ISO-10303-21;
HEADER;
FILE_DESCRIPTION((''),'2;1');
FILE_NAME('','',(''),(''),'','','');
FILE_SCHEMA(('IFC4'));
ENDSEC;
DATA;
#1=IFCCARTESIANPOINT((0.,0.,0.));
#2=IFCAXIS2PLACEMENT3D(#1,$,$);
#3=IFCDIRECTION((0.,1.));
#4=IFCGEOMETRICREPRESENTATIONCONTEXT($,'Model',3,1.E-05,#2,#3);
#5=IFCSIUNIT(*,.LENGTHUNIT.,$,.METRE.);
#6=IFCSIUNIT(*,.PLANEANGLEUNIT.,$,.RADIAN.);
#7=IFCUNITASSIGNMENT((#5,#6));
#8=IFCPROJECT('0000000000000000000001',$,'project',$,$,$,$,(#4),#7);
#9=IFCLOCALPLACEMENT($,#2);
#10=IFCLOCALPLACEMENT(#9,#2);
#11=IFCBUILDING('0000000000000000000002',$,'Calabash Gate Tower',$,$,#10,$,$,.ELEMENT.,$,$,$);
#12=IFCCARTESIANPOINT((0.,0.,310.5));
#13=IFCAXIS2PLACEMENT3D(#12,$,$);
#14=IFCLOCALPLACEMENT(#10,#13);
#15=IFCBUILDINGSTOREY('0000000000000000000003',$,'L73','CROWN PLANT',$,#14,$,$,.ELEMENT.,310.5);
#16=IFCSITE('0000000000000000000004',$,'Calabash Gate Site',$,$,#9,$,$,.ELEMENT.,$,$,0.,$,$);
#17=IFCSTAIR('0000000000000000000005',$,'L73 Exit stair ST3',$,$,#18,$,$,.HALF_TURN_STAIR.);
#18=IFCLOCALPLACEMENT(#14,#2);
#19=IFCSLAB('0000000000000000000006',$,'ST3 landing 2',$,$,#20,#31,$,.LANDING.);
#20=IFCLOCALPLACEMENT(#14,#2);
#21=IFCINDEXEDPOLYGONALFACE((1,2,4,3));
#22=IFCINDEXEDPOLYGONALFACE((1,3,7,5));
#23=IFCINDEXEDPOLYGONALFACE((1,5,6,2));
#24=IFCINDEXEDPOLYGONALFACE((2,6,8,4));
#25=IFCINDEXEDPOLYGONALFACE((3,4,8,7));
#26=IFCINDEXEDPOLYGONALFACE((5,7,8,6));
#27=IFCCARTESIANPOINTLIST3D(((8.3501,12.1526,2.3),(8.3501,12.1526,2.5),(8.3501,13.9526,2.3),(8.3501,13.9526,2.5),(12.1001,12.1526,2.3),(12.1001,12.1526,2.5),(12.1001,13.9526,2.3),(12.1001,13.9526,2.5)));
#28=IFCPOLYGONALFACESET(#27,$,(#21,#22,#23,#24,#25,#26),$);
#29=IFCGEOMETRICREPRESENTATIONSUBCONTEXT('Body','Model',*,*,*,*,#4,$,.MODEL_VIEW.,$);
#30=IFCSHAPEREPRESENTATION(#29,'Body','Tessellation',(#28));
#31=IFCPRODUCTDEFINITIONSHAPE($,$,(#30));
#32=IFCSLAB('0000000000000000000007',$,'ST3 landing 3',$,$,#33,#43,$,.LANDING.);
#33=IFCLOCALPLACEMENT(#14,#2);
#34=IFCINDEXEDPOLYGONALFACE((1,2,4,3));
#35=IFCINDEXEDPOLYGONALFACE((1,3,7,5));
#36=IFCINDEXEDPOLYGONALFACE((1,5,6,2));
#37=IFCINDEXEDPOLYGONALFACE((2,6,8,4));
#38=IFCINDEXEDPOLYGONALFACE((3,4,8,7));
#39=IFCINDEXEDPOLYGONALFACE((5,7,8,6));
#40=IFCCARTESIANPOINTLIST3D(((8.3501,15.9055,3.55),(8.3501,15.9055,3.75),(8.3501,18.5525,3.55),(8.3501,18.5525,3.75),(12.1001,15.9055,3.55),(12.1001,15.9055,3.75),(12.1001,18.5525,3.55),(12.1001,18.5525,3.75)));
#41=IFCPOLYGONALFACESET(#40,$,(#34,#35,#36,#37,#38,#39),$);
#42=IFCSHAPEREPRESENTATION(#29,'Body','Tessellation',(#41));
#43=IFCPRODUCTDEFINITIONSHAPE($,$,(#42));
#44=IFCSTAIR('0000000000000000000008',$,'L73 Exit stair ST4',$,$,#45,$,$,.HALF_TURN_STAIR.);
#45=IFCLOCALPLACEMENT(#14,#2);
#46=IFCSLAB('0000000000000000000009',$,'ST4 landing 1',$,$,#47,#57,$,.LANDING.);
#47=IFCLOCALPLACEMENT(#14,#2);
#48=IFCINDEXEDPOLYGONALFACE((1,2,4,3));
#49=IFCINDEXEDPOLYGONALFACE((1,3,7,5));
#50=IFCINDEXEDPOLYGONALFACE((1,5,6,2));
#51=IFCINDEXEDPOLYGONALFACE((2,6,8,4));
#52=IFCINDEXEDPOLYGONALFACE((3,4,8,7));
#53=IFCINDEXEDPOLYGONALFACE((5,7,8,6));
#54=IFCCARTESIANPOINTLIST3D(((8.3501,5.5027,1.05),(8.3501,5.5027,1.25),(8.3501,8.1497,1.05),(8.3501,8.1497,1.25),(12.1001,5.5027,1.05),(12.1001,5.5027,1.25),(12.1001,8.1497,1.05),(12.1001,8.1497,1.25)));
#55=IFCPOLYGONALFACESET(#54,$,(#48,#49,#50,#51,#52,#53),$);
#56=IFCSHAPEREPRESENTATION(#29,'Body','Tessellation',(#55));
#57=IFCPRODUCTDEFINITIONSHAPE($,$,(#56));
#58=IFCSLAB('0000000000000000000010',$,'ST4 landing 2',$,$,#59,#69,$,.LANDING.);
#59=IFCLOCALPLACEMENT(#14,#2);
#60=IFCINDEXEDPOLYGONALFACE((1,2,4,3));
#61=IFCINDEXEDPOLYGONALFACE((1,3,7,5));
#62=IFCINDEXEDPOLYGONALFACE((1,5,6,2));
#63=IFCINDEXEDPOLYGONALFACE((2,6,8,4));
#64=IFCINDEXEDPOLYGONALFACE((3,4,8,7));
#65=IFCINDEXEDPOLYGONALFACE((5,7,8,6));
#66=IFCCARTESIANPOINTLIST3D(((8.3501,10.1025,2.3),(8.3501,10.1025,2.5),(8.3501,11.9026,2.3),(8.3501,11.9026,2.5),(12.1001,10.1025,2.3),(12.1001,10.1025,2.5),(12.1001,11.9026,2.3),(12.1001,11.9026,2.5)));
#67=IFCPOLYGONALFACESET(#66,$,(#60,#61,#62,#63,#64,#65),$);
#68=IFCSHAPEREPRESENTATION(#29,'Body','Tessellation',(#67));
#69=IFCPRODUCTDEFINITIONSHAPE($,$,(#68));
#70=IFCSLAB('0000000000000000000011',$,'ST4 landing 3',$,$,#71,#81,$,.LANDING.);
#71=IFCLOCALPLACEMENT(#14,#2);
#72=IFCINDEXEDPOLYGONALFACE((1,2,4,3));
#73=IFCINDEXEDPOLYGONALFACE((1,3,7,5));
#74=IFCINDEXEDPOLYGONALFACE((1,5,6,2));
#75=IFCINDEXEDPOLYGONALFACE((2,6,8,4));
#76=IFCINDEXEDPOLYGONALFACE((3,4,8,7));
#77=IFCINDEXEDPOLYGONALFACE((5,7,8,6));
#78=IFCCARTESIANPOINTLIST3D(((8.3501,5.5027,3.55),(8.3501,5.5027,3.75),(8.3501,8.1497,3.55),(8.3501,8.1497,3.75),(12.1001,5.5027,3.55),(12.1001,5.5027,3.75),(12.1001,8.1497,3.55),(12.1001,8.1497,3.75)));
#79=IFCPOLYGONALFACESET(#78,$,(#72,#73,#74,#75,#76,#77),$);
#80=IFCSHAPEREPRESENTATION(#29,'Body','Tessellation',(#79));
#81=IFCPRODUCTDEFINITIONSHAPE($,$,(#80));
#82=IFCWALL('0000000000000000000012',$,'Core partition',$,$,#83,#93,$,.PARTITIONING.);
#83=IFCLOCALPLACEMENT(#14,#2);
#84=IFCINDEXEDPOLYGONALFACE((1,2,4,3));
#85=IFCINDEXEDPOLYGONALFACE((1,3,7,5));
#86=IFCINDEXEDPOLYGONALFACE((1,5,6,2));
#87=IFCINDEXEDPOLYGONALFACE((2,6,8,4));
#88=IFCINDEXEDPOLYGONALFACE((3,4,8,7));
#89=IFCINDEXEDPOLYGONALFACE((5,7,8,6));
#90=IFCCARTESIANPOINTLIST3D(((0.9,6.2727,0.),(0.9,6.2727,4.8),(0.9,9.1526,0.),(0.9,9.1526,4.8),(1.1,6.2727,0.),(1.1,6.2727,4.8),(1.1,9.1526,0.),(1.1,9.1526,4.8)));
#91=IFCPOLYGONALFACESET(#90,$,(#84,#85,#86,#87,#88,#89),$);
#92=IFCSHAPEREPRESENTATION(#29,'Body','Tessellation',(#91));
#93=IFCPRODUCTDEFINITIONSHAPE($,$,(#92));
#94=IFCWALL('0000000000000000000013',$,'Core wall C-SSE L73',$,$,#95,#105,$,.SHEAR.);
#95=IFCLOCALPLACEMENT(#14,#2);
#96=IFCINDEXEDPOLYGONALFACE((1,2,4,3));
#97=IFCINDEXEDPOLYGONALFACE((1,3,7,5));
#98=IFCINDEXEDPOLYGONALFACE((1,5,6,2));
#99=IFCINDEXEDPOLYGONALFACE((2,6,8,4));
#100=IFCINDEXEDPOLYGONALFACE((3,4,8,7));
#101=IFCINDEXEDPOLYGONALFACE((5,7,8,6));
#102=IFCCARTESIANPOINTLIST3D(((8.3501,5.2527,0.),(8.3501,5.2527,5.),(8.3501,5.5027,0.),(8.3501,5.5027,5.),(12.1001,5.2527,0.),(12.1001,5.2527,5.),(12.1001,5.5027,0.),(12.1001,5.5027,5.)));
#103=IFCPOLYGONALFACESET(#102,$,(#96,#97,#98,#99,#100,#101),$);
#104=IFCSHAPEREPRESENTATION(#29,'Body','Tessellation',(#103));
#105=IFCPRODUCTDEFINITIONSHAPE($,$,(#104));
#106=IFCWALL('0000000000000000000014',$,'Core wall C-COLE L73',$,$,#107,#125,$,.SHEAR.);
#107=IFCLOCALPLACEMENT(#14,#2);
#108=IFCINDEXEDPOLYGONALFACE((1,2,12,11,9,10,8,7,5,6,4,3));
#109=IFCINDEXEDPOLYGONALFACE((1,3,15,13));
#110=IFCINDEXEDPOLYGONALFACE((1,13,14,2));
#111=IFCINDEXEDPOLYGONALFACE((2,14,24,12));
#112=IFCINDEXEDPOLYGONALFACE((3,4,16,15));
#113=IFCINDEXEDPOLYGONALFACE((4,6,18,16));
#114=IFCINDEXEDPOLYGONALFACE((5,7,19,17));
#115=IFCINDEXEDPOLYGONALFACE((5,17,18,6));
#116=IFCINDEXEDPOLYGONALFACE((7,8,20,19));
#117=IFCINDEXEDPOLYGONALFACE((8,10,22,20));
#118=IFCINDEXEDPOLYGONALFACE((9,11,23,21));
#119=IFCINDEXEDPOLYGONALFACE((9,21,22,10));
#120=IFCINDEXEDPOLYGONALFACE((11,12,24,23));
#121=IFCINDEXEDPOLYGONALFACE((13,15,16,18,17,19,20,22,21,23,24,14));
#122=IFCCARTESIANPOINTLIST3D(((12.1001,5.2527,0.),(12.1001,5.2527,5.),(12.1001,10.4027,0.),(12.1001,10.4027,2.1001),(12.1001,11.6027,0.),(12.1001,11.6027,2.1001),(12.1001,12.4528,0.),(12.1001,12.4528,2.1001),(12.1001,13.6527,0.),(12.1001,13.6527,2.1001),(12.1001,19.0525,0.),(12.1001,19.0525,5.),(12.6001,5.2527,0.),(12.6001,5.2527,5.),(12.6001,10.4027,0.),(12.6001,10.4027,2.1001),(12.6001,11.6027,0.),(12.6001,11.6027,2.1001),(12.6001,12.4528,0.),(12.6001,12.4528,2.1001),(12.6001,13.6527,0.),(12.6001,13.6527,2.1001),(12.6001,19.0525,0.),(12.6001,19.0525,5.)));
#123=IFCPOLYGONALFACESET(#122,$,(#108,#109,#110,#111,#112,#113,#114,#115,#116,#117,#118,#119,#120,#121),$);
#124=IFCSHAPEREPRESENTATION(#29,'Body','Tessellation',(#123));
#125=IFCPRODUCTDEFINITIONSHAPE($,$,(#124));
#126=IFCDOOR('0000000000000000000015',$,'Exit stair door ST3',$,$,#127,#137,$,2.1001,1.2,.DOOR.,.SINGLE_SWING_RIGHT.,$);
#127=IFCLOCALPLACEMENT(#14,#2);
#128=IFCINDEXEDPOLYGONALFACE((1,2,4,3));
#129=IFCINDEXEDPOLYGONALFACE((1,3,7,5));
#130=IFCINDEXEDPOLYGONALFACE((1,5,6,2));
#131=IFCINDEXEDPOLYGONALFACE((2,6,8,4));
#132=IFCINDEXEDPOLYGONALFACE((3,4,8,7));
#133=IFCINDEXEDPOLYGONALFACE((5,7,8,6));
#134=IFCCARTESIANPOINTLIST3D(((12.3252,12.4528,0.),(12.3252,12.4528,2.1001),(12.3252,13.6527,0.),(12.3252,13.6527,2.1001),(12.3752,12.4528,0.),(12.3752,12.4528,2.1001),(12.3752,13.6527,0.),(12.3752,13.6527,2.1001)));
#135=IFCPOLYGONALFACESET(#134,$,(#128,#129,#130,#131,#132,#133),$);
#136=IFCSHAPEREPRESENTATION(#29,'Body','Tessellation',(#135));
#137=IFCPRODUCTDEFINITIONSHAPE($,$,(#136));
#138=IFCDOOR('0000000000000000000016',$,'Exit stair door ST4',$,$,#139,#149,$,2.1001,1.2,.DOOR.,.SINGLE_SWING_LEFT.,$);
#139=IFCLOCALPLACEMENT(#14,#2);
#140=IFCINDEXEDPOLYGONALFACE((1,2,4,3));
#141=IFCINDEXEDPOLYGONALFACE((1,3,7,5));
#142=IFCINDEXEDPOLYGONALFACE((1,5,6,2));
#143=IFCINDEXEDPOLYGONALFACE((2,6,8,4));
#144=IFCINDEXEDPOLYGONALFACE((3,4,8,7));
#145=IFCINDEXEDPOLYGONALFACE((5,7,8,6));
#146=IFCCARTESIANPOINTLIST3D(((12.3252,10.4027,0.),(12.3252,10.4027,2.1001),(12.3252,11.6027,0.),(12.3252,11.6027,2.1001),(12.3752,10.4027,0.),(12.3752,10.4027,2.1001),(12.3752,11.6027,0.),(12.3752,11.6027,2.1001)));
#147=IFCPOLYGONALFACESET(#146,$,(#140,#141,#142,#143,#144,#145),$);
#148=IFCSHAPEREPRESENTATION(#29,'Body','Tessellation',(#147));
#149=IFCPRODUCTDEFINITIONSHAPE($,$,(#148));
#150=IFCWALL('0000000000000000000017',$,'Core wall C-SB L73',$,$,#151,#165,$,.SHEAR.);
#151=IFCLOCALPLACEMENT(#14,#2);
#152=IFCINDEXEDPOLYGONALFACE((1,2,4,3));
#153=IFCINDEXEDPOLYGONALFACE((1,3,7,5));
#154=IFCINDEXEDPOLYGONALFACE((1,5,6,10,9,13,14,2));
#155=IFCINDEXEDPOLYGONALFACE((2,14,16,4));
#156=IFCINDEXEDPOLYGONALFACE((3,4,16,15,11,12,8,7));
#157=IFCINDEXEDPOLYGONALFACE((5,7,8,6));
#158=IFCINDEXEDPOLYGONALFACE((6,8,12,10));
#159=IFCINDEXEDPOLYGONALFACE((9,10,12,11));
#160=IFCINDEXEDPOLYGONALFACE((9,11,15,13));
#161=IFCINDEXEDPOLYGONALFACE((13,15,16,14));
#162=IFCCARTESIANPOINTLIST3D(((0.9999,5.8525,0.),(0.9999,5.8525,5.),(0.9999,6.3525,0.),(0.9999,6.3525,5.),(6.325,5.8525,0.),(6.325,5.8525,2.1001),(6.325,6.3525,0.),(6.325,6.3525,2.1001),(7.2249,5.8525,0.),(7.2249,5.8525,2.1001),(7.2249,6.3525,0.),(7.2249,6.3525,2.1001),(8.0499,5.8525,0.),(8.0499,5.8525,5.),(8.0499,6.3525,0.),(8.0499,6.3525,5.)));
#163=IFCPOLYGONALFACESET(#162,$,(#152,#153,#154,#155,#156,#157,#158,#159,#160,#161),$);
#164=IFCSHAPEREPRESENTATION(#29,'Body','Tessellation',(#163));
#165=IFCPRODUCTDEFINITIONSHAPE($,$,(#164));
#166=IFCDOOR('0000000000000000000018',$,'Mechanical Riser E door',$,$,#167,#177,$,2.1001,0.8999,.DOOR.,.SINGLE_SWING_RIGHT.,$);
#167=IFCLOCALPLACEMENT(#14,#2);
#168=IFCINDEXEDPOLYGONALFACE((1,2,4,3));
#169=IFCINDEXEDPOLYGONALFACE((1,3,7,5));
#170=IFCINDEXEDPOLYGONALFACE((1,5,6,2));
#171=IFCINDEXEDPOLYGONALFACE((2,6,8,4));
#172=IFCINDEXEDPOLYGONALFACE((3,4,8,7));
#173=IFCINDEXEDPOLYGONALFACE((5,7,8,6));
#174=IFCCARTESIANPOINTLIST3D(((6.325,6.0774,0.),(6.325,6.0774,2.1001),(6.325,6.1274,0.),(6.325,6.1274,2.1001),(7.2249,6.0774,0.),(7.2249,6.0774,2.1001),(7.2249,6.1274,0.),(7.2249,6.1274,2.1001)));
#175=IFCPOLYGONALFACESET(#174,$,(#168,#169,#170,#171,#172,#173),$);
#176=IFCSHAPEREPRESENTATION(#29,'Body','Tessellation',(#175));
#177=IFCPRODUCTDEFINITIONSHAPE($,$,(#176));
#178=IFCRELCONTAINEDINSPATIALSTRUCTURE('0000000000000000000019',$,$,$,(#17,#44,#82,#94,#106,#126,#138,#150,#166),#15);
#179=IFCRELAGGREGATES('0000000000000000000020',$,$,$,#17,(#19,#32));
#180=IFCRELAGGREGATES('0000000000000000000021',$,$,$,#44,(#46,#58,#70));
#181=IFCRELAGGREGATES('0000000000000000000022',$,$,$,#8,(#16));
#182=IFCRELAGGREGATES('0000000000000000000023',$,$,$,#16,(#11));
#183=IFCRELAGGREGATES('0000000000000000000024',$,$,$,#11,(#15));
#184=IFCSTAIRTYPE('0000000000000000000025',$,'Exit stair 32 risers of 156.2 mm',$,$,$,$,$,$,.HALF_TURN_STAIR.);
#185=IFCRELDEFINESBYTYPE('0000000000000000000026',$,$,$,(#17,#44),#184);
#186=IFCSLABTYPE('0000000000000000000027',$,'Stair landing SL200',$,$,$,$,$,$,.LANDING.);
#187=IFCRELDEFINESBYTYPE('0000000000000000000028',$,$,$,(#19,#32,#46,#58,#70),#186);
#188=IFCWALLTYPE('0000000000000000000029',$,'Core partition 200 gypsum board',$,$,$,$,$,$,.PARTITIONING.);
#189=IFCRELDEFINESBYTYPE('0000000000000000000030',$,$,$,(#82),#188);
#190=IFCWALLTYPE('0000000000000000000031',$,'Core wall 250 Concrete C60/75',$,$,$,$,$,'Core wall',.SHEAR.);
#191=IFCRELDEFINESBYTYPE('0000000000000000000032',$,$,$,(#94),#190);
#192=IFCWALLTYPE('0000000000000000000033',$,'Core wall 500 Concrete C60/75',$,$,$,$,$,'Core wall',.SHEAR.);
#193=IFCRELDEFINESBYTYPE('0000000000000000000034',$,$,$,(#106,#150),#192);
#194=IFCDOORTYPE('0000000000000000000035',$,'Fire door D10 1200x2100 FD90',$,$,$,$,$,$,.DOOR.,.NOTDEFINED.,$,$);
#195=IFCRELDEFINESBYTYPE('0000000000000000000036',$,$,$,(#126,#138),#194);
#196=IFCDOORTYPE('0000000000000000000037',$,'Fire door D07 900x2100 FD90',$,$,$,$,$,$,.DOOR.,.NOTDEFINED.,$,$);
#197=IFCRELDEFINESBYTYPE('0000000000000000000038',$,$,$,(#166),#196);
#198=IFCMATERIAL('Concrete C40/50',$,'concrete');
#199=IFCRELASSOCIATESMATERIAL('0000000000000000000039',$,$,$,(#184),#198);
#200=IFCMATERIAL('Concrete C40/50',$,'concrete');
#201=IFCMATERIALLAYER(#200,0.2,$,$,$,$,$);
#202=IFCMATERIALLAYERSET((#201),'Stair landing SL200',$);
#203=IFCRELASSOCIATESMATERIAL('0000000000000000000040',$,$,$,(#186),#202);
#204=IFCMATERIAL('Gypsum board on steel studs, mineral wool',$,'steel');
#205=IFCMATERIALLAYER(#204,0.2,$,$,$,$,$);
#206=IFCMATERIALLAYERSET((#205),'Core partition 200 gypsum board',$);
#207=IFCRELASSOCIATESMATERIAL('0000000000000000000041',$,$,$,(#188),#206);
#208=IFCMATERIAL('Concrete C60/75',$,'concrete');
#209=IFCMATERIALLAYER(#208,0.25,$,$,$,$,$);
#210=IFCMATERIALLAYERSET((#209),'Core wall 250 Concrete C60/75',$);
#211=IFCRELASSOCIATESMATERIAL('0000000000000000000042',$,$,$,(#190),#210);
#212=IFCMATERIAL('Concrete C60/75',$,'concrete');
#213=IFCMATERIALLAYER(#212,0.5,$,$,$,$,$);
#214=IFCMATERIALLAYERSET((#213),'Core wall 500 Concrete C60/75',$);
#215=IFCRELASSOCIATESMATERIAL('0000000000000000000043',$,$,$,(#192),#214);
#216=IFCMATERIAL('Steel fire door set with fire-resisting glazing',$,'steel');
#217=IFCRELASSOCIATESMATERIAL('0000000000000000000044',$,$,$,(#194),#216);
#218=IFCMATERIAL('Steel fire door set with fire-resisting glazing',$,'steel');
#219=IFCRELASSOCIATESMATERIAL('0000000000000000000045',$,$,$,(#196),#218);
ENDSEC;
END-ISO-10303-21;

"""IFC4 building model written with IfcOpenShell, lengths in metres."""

from ifc_helpers import new_model, si_unit, direction, frame, frame_2d, origin, place, context, subcontext, project, spatial, polyline, rectangle, outline, extrude, material, layer, layer_set, type_object, element, fill, aggregate, save


model = new_model("IFC4")

# Units and contexts
model_context = context("Model", 3, precision=1e-05, world=origin(), true_north=direction((0.0, 1.0)))
body_context = subcontext(model_context, "Body", "Model", "MODEL_VIEW")
ifc_project = project(units=[si_unit("LENGTHUNIT", "METRE"), si_unit("PLANEANGLEUNIT", "RADIAN")], contexts=[model_context])

# Site, building, storey
site_placement = place(None, origin())
site = spatial("IfcSite", under=ifc_project, at=site_placement, Name="Calabash Gate Site", CompositionType="ELEMENT", RefElevation=0.0)
building_placement = place(site_placement, origin())
building = spatial("IfcBuilding", under=site, at=building_placement, Name="Calabash Gate Tower", CompositionType="ELEMENT")
storey_placement = place(building_placement, frame((0.0, 0.0, 310.5)))
storey = spatial("IfcBuildingStorey", under=building, at=storey_placement, Name="L73", Description="CROWN PLANT", CompositionType="ELEMENT", Elevation=310.5)

# Stairs, slabs
ifc_material_1 = material(Name="Concrete C40/50", Category="concrete")
stair_type = type_object("IfcStairType", Name="Exit stair 32 risers of 156.2 mm", PredefinedType="HALF_TURN_STAIR", material=ifc_material_1)
stair_1_placement = place(storey_placement, origin())
stair_1 = element("IfcStair", 1, at=stair_1_placement, inside=storey, type_object=stair_type, Name="L73 Exit stair ST3", PredefinedType="HALF_TURN_STAIR")
ifc_material_2 = material(Name="Concrete C40/50", Category="concrete")
ifc_layer_1 = layer(ifc_material_2, 0.2)
ifc_layer_set_1 = layer_set([ifc_layer_1], Name="Stair landing SL200")
slab_type = type_object("IfcSlabType", Name="Stair landing SL200", PredefinedType="LANDING", material=ifc_layer_set_1)
slab_1_placement = place(storey_placement, frame((0.0, 0.0, 2.3)))
slab_1 = element("IfcSlab", 2, at=slab_1_placement, type_object=slab_type, Name="ST3 landing 2", PredefinedType="LANDING", context=body_context, shape_type="SweptSolid", body=[
    extrude(outline(polyline([(12.1001, 12.1526), (12.1001, 13.9526), (8.3501, 13.9526), (8.3501, 12.1526), (12.1001, 12.1526)])), origin(), (0.0, 0.0, 1.0), 0.2),
])
slab_2_placement = place(storey_placement, frame((0.0, 0.0, 3.55)))
slab_2 = element("IfcSlab", 3, at=slab_2_placement, type_object=slab_type, Name="ST3 landing 3", PredefinedType="LANDING", context=body_context, shape_type="SweptSolid", body=[
    extrude(outline(polyline([(12.1001, 15.9055), (12.1001, 18.5525), (8.3501, 18.5525), (8.3501, 15.9055), (12.1001, 15.9055)])), origin(), (0.0, 0.0, 1.0), 0.2),
])
aggregate(stair_1, [slab_1, slab_2])
stair_2_placement = place(storey_placement, origin())
stair_2 = element("IfcStair", 4, at=stair_2_placement, inside=storey, type_object=stair_type, Name="L73 Exit stair ST4", PredefinedType="HALF_TURN_STAIR")
slab_3_placement = place(storey_placement, frame((0.0, 0.0, 1.05)))
slab_3 = element("IfcSlab", 5, at=slab_3_placement, type_object=slab_type, Name="ST4 landing 1", PredefinedType="LANDING", context=body_context, shape_type="SweptSolid", body=[
    extrude(outline(polyline([(8.3501, 8.1497), (8.3501, 5.5027), (12.1001, 5.5027), (12.1001, 8.1497), (8.3501, 8.1497)])), origin(), (0.0, 0.0, 1.0), 0.2),
])
slab_4_placement = place(storey_placement, frame((0.0, 0.0, 2.3)))
slab_4 = element("IfcSlab", 6, at=slab_4_placement, type_object=slab_type, Name="ST4 landing 2", PredefinedType="LANDING", context=body_context, shape_type="SweptSolid", body=[
    extrude(outline(polyline([(8.3501, 11.9026), (8.3501, 10.1025), (12.1001, 10.1025), (12.1001, 11.9026), (8.3501, 11.9026)])), origin(), (0.0, 0.0, 1.0), 0.2),
])
slab_5_placement = place(storey_placement, frame((0.0, 0.0, 3.55)))
slab_5 = element("IfcSlab", 7, at=slab_5_placement, type_object=slab_type, Name="ST4 landing 3", PredefinedType="LANDING", context=body_context, shape_type="SweptSolid", body=[
    extrude(outline(polyline([(8.3501, 8.1497), (8.3501, 5.5027), (12.1001, 5.5027), (12.1001, 8.1497), (8.3501, 8.1497)])), origin(), (0.0, 0.0, 1.0), 0.2),
])
aggregate(stair_2, [slab_3, slab_4, slab_5])

# Walls
ifc_material_3 = material(Name="Gypsum board on steel studs, mineral wool", Category="steel")
ifc_layer_2 = layer(ifc_material_3, 0.2)
ifc_layer_set_2 = layer_set([ifc_layer_2], Name="Core partition 200 gypsum board")
wall_type_1 = type_object("IfcWallType", Name="Core partition 200 gypsum board", PredefinedType="PARTITIONING", material=ifc_layer_set_2)
wall_1_placement = place(storey_placement, frame((1.0, 6.2727, 0.0), z_axis=(0.0, 0.0, 1.0), x_axis=(0.0, 1.0, 0.0)))
element("IfcWall", 8, at=wall_1_placement, inside=storey, type_object=wall_type_1, Name="Core partition", PredefinedType="PARTITIONING", context=body_context, shape_type="SweptSolid", body=[
    extrude(rectangle(XDim=2.8799, YDim=0.2, at=frame_2d((1.4399, 0.0))), origin(), (0.0, 0.0, 1.0), 4.8),
])
ifc_material_4 = material(Name="Concrete C60/75", Category="concrete")
ifc_layer_3 = layer(ifc_material_4, 0.25)
ifc_layer_set_3 = layer_set([ifc_layer_3], Name="Core wall 250 Concrete C60/75")
wall_type_2 = type_object("IfcWallType", Name="Core wall 250 Concrete C60/75", ElementType="Core wall", PredefinedType="SHEAR", material=ifc_layer_set_3)
wall_2_placement = place(storey_placement, frame((8.3501, 5.3777, 0.0), z_axis=(0.0, 0.0, 1.0), x_axis=(1.0, 0.0, 0.0)))
element("IfcWall", 9, at=wall_2_placement, inside=storey, type_object=wall_type_2, Name="Core wall C-SSE L73", PredefinedType="SHEAR", context=body_context, shape_type="SweptSolid", body=[
    extrude(rectangle(XDim=3.75, YDim=0.25, at=frame_2d((1.875, 0.0))), origin(), (0.0, 0.0, 1.0), 5.0),
])

# Wall, openings, doors
ifc_material_5 = material(Name="Concrete C60/75", Category="concrete")
ifc_layer_4 = layer(ifc_material_5, 0.5)
ifc_layer_set_4 = layer_set([ifc_layer_4], Name="Core wall 500 Concrete C60/75")
wall_type_3 = type_object("IfcWallType", Name="Core wall 500 Concrete C60/75", ElementType="Core wall", PredefinedType="SHEAR", material=ifc_layer_set_4)
wall_3_placement = place(storey_placement, frame((12.3501, 5.2527, 0.0), z_axis=(0.0, 0.0, 1.0), x_axis=(0.0, 1.0, 0.0)))
wall_3 = element("IfcWall", 10, at=wall_3_placement, inside=storey, type_object=wall_type_3, Name="Core wall C-COLE L73", PredefinedType="SHEAR", context=body_context, shape_type="SweptSolid", body=[
    extrude(rectangle(XDim=13.7998, YDim=0.5, at=frame_2d((6.8999, 0.0))), origin(), (0.0, 0.0, 1.0), 5.0),
])
opening_1_placement = place(wall_3_placement, frame((7.2, 0.0, 0.0)))
opening_1 = element("IfcOpeningElement", 11, at=opening_1_placement, cuts=wall_3, PredefinedType="OPENING", context=body_context, shape_type="SweptSolid", body=[
    extrude(rectangle(XDim=1.2, YDim=2.1001, at=frame_2d((0.6001, 1.05))), frame((0.0, 0.26, 0.0), z_axis=(0.0, -1.0, 0.0), x_axis=(1.0, 0.0, 0.0)), (0.0, 0.0, 1.0), 0.52),
])
opening_2_placement = place(wall_3_placement, frame((5.1499, 0.0, 0.0)))
opening_2 = element("IfcOpeningElement", 12, at=opening_2_placement, cuts=wall_3, PredefinedType="OPENING", context=body_context, shape_type="SweptSolid", body=[
    extrude(rectangle(XDim=1.2, YDim=2.1001, at=frame_2d((0.6001, 1.05))), frame((0.0, 0.26, 0.0), z_axis=(0.0, -1.0, 0.0), x_axis=(1.0, 0.0, 0.0)), (0.0, 0.0, 1.0), 0.52),
])
ifc_material_6 = material(Name="Steel fire door set with fire-resisting glazing", Category="steel")
door_type_1 = type_object("IfcDoorType", Name="Fire door D10 1200x2100 FD90", OperationType="NOTDEFINED", PredefinedType="DOOR", material=ifc_material_6)
door_1_placement = place(opening_1_placement, origin())
door_1 = element("IfcDoor", 13, at=door_1_placement, inside=storey, type_object=door_type_1, Name="Exit stair door ST3", OperationType="SINGLE_SWING_RIGHT", OverallHeight=2.1001, OverallWidth=1.2, PredefinedType="DOOR", context=body_context, shape_type="SweptSolid", body=[
    extrude(rectangle(XDim=1.2, YDim=2.1001, at=frame_2d((0.6001, 1.05))), frame((0.0, 0.0249, 0.0), z_axis=(0.0, -1.0, 0.0), x_axis=(1.0, 0.0, 0.0)), (0.0, 0.0, 1.0), 0.05),
])
fill(opening_1, door_1)
door_2_placement = place(opening_2_placement, origin())
door_2 = element("IfcDoor", 14, at=door_2_placement, inside=storey, type_object=door_type_1, Name="Exit stair door ST4", OperationType="SINGLE_SWING_LEFT", OverallHeight=2.1001, OverallWidth=1.2, PredefinedType="DOOR", context=body_context, shape_type="SweptSolid", body=[
    extrude(rectangle(XDim=1.2, YDim=2.1001, at=frame_2d((0.6001, 1.05))), frame((0.0, 0.0249, 0.0), z_axis=(0.0, -1.0, 0.0), x_axis=(1.0, 0.0, 0.0)), (0.0, 0.0, 1.0), 0.05),
])
fill(opening_2, door_2)

# Wall, opening, door
wall_4_placement = place(storey_placement, frame((1.0, 6.1025, 0.0), z_axis=(0.0, 0.0, 1.0), x_axis=(1.0, 0.0, 0.0)))
wall_4 = element("IfcWall", 15, at=wall_4_placement, inside=storey, type_object=wall_type_3, Name="Core wall C-SB L73", PredefinedType="SHEAR", context=body_context, shape_type="SweptSolid", body=[
    extrude(rectangle(XDim=7.05, YDim=0.5, at=frame_2d((3.5249, 0.0))), origin(), (0.0, 0.0, 1.0), 5.0),
])
opening_3_placement = place(wall_4_placement, frame((5.325, 0.0, 0.0)))
opening_3 = element("IfcOpeningElement", 16, at=opening_3_placement, cuts=wall_4, PredefinedType="OPENING", context=body_context, shape_type="SweptSolid", body=[
    extrude(rectangle(XDim=0.8999, YDim=2.1001, at=frame_2d((0.45, 1.05))), frame((0.0, 0.26, 0.0), z_axis=(0.0, -1.0, 0.0), x_axis=(1.0, 0.0, 0.0)), (0.0, 0.0, 1.0), 0.52),
])
ifc_material_7 = material(Name="Steel fire door set with fire-resisting glazing", Category="steel")
door_type_2 = type_object("IfcDoorType", Name="Fire door D07 900x2100 FD90", OperationType="NOTDEFINED", PredefinedType="DOOR", material=ifc_material_7)
door_3_placement = place(opening_3_placement, origin())
door_3 = element("IfcDoor", 17, at=door_3_placement, inside=storey, type_object=door_type_2, Name="Mechanical Riser E door", OperationType="SINGLE_SWING_RIGHT", OverallHeight=2.1001, OverallWidth=0.8999, PredefinedType="DOOR", context=body_context, shape_type="SweptSolid", body=[
    extrude(rectangle(XDim=0.8999, YDim=2.1001, at=frame_2d((0.45, 1.05))), frame((0.0, 0.0249, 0.0), z_axis=(0.0, -1.0, 0.0), x_axis=(1.0, 0.0, 0.0)), (0.0, 0.0, 1.0), 0.05),
])
fill(opening_3, door_3)

save(model, "model.ifc")
